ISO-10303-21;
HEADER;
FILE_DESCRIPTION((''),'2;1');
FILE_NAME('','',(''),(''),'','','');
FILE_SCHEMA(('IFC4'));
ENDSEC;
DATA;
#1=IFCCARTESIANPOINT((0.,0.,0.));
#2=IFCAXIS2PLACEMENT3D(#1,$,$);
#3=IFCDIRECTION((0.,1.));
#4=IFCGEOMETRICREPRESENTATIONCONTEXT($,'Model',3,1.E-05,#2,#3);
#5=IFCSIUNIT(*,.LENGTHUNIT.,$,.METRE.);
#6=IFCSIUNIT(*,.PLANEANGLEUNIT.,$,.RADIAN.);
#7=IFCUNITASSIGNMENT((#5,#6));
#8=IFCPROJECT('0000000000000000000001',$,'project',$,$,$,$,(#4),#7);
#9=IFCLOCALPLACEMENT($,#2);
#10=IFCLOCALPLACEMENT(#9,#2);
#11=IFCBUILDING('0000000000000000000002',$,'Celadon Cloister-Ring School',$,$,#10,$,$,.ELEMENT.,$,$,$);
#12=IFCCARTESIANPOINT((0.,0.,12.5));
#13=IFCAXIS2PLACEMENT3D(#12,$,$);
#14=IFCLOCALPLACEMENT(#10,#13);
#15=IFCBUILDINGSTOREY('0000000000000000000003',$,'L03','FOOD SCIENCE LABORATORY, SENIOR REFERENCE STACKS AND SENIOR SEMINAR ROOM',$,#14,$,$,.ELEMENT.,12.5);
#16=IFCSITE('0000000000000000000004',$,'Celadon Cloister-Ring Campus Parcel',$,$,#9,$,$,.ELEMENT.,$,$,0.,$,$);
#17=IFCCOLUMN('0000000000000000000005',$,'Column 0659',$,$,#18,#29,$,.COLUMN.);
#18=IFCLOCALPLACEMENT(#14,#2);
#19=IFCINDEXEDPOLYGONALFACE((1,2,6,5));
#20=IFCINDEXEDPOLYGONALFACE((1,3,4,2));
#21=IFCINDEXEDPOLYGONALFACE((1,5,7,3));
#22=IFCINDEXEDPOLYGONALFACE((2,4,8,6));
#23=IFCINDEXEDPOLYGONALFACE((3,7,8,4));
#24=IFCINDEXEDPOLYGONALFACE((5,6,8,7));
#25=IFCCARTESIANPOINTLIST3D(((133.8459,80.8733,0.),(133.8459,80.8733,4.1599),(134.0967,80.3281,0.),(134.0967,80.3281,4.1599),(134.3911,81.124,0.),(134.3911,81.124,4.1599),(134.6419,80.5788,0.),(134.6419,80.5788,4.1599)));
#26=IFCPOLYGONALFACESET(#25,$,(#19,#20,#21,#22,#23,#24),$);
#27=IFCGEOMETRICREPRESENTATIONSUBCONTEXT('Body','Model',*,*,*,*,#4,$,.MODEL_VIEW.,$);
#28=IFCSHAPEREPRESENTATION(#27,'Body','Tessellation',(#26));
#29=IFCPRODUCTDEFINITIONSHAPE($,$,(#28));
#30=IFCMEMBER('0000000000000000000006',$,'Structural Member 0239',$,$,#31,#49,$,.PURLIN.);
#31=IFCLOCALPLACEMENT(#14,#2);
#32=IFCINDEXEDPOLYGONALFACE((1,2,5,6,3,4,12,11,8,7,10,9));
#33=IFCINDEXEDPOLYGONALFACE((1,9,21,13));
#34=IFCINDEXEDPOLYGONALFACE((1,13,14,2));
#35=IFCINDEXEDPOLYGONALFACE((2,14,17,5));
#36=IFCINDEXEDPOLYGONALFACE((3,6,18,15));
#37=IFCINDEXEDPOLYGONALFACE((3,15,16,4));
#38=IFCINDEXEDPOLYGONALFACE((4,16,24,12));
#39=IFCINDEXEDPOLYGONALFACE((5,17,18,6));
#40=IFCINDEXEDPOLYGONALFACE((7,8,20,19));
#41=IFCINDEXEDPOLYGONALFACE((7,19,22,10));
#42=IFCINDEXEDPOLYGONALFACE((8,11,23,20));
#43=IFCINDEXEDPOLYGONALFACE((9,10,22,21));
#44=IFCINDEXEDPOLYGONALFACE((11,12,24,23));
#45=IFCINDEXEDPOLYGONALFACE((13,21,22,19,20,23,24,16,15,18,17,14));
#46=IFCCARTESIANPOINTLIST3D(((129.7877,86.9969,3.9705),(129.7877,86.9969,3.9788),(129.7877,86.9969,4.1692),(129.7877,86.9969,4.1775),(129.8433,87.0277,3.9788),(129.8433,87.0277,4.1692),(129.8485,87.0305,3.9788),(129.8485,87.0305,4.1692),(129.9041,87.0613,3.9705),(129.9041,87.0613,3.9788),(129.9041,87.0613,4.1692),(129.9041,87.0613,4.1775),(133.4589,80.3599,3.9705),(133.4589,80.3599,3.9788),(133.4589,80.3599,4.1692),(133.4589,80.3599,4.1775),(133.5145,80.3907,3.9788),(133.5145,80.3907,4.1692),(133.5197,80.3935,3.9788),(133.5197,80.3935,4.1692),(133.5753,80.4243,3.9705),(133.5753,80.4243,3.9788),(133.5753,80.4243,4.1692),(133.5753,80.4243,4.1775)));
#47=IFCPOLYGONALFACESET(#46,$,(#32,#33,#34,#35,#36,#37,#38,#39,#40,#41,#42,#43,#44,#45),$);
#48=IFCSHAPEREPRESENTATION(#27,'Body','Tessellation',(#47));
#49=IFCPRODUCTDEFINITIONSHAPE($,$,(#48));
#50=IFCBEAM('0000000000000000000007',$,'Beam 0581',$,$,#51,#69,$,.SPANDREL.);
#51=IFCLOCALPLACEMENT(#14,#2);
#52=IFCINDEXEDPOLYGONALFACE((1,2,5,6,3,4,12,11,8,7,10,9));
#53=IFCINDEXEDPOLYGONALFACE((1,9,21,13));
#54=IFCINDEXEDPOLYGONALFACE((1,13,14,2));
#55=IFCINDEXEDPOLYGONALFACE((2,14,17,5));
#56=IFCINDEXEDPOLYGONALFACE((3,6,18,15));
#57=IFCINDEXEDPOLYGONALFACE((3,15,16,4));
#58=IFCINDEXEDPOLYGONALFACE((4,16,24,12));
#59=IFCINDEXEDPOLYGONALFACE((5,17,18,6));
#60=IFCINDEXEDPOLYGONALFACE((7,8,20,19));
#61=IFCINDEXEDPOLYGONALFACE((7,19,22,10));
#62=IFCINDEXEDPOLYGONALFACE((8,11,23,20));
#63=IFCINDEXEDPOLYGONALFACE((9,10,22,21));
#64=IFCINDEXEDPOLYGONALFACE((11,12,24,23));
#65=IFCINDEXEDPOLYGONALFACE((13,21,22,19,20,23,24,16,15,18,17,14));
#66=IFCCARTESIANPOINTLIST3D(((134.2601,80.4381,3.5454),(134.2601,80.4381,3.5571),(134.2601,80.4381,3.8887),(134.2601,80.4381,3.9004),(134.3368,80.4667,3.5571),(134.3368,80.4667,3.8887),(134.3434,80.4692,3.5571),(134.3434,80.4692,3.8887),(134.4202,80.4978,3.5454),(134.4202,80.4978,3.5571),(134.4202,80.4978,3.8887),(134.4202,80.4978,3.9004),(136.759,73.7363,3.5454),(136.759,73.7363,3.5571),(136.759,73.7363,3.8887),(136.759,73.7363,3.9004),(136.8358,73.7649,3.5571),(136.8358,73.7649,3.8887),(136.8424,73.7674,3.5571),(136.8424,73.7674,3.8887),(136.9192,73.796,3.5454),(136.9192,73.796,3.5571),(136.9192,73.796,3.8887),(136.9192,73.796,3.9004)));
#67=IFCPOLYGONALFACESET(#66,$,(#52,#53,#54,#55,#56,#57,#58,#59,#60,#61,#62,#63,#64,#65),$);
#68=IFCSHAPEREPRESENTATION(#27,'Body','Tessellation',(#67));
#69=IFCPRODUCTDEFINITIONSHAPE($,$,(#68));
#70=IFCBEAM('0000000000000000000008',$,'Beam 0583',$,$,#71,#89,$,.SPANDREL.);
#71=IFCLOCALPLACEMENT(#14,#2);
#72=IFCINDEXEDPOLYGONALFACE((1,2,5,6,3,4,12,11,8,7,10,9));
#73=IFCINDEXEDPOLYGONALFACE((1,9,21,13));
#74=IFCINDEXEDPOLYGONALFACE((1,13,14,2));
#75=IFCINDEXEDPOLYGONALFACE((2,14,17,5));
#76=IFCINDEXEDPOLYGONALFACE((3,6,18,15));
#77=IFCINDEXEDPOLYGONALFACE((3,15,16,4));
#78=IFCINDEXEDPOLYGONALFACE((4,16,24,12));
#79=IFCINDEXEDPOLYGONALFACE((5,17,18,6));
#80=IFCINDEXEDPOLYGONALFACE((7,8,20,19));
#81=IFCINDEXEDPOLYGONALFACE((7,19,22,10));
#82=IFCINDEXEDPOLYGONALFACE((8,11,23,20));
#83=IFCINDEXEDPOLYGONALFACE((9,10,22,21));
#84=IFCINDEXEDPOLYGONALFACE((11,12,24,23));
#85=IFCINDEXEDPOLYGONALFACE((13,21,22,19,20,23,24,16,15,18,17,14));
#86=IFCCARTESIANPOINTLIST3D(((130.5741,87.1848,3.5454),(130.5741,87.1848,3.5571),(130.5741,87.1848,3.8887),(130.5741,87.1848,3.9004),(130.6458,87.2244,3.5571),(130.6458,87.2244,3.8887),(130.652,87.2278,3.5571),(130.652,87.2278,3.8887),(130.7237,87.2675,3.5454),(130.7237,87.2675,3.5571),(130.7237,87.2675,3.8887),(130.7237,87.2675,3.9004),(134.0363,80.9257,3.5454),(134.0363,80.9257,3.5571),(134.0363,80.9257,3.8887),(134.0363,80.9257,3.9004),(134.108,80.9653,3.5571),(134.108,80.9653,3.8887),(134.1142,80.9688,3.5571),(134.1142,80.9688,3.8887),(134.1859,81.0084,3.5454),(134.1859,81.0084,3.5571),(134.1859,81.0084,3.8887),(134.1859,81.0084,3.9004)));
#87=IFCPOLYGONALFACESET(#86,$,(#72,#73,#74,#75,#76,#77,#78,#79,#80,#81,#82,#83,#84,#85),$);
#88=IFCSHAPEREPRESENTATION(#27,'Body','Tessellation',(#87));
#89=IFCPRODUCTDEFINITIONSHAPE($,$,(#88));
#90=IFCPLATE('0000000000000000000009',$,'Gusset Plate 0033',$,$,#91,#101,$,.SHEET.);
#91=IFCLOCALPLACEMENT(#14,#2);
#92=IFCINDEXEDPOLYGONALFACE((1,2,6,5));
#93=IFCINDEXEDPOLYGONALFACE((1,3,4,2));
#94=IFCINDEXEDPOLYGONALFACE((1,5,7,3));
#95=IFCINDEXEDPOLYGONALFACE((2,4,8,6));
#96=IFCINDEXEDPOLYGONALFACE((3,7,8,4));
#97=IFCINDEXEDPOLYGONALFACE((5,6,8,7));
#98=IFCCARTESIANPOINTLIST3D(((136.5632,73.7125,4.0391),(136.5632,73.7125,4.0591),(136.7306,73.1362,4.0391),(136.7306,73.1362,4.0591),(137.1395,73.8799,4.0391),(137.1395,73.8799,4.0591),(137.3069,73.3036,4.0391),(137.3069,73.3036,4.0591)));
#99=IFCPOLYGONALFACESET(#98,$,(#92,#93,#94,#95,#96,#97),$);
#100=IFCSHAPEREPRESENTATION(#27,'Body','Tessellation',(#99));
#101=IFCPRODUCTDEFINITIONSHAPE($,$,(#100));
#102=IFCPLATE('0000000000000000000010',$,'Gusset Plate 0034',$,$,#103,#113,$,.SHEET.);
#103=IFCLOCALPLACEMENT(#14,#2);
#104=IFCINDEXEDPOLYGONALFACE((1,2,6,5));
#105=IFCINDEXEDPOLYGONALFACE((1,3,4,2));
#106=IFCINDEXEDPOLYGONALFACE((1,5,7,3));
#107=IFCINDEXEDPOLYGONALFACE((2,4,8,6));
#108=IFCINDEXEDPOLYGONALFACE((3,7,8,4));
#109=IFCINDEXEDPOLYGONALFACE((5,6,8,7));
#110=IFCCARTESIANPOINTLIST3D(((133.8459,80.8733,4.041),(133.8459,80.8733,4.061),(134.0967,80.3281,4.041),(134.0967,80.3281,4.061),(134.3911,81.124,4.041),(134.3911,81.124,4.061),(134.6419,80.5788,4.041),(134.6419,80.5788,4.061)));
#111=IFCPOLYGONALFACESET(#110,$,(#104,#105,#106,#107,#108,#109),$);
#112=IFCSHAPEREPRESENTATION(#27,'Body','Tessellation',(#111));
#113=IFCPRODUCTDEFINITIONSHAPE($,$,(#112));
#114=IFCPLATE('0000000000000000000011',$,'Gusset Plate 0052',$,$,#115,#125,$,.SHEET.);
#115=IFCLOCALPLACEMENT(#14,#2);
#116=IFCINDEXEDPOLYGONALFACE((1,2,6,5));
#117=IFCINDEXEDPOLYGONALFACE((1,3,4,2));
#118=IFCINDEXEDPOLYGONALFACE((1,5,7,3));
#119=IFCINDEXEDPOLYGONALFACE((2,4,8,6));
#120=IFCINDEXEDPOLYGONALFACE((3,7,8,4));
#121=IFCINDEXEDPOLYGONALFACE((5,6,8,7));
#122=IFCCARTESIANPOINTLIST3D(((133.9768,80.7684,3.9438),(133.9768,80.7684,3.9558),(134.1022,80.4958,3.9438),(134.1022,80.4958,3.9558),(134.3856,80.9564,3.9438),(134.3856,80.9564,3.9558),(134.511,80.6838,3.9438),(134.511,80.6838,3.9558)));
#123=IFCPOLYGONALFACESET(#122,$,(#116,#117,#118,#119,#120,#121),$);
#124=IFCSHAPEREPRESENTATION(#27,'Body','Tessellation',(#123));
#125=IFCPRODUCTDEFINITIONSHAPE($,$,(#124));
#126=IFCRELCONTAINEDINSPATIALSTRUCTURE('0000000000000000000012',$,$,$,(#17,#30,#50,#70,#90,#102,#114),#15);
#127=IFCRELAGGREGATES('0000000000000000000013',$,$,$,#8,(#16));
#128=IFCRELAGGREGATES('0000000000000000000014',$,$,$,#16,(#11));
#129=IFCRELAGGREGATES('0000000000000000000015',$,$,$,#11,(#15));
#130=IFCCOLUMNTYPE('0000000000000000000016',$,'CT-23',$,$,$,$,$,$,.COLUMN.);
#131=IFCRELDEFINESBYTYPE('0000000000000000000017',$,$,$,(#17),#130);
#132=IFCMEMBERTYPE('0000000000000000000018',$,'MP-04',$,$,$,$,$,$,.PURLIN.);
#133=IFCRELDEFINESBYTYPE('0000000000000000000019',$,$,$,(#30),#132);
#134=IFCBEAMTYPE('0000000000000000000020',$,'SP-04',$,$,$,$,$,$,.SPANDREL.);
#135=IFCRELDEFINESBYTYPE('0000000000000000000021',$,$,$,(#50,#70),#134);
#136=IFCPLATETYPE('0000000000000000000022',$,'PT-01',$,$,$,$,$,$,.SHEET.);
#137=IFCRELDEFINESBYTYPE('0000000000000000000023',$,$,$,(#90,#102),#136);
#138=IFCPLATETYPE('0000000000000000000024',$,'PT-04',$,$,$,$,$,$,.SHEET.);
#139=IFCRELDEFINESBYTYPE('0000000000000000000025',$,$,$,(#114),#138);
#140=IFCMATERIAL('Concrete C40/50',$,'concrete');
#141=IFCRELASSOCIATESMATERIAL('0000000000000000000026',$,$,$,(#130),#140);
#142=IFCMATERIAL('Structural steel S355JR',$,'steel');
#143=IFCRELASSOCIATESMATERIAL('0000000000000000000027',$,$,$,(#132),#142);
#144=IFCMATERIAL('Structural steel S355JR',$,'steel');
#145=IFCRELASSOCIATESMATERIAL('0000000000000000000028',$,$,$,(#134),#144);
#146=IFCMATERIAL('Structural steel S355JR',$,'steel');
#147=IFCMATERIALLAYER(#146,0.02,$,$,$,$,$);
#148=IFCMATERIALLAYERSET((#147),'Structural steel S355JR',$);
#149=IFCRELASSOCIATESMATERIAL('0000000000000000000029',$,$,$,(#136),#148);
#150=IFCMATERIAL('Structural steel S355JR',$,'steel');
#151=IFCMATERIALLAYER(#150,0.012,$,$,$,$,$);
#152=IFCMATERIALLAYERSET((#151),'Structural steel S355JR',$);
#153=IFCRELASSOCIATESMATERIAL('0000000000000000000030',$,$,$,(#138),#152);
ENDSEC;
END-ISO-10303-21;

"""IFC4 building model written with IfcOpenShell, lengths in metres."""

from ifc_helpers import new_model, si_unit, direction, frame, origin, origin_2d, place, context, subcontext, project, spatial, rectangle, i_section, extrude, material, layer, layer_set, material_profile, profile_set, type_object, element, save


model = new_model("IFC4")

# Units and contexts
model_context = context("Model", 3, precision=1e-05, world=origin(), true_north=direction((0.0, 1.0)))
body_context = subcontext(model_context, "Body", "Model", "MODEL_VIEW")
ifc_project = project(units=[si_unit("LENGTHUNIT", "METRE"), si_unit("PLANEANGLEUNIT", "RADIAN")], contexts=[model_context])

# Site, building, storey
site_placement = place(None, origin())
site = spatial("IfcSite", under=ifc_project, at=site_placement, Name="Celadon Cloister-Ring Campus Parcel", CompositionType="ELEMENT", RefElevation=0.0)
building_placement = place(site_placement, origin())
building = spatial("IfcBuilding", under=site, at=building_placement, Name="Celadon Cloister-Ring School", CompositionType="ELEMENT")
storey_placement = place(building_placement, frame((0.0, 0.0, 12.5)))
storey = spatial("IfcBuildingStorey", under=building, at=storey_placement, Name="L03", Description="FOOD SCIENCE LABORATORY, SENIOR REFERENCE STACKS AND SENIOR SEMINAR ROOM", CompositionType="ELEMENT", Elevation=12.5)

# Column
ifc_material_1 = material(Name="Concrete C40/50", Category="concrete")
ifc_material_profile_1 = material_profile(ifc_material_1, rectangle(XDim=0.6001, YDim=0.6001, at=origin_2d()), Name="RC600X600")
ifc_profile_set_1 = profile_set([ifc_material_profile_1], Name="Concrete C40/50")
column_type = type_object("IfcColumnType", Name="CT-23", PredefinedType="COLUMN", material=ifc_profile_set_1)
column_placement = place(storey_placement, frame((134.2439, 80.7261, 0.0), z_axis=(0.0, 0.0, 1.0), x_axis=(0.908537, 0.417804, 0.0)))
element("IfcColumn", 1, at=column_placement, inside=storey, type_object=column_type, Name="Column 0659", PredefinedType="COLUMN", context=body_context, shape_type="SweptSolid", body=[
    extrude(rectangle(XDim=0.6001, YDim=0.6001, at=origin_2d()), origin(), (0.0, 0.0, 1.0), 4.1599),
])

# Member
ifc_material_2 = material(Name="Structural steel S355JR", Category="steel")
ifc_material_profile_2 = material_profile(ifc_material_2, i_section(OverallWidth=0.1331, OverallDepth=0.207, WebThickness=0.0059, FlangeThickness=0.0083, at=origin_2d()), Name="W200X27")
ifc_profile_set_2 = profile_set([ifc_material_profile_2], Name="Structural steel S355JR")
member_type = type_object("IfcMemberType", Name="MP-04", PredefinedType="PURLIN", material=ifc_profile_set_2)
member_placement = place(storey_placement, frame((133.5171, 80.3921, 4.074), z_axis=(-0.484024, 0.875055, 0.0), x_axis=(-0.875055, -0.484024, 0.0)))
element("IfcMember", 2, at=member_placement, inside=storey, type_object=member_type, Name="Structural Member 0239", PredefinedType="PURLIN", context=body_context, shape_type="SweptSolid", body=[
    extrude(i_section(OverallWidth=0.1331, OverallDepth=0.207, WebThickness=0.0059, FlangeThickness=0.0083, at=origin_2d()), origin(), (0.0, 0.0, 1.0), 7.5847),
])

# Beams
ifc_material_3 = material(Name="Structural steel S355JR", Category="steel")
ifc_material_profile_3 = material_profile(ifc_material_3, i_section(OverallWidth=0.1709, OverallDepth=0.355, WebThickness=0.0071, FlangeThickness=0.0117, at=origin_2d()), Name="W360X51")
ifc_profile_set_3 = profile_set([ifc_material_profile_3], Name="Structural steel S355JR")
beam_type = type_object("IfcBeamType", Name="SP-04", PredefinedType="SPANDREL", material=ifc_profile_set_3)
beam_1_placement = place(storey_placement, frame((136.8391, 73.7661, 3.7229), z_axis=(-0.349383, 0.93698, 0.0), x_axis=(-0.93698, -0.349383, 0.0)))
element("IfcBeam", 3, at=beam_1_placement, inside=storey, type_object=beam_type, Name="Beam 0581", PredefinedType="SPANDREL", context=body_context, shape_type="SweptSolid", body=[
    extrude(i_section(OverallWidth=0.1709, OverallDepth=0.355, WebThickness=0.0071, FlangeThickness=0.0117, at=origin_2d()), origin(), (0.0, 0.0, 1.0), 7.1526),
])
beam_2_placement = place(storey_placement, frame((134.1111, 80.967, 3.7229), z_axis=(-0.484031, 0.875051, 0.0), x_axis=(-0.875051, -0.484031, 0.0)))
element("IfcBeam", 4, at=beam_2_placement, inside=storey, type_object=beam_type, Name="Beam 0583", PredefinedType="SPANDREL", context=body_context, shape_type="SweptSolid", body=[
    extrude(i_section(OverallWidth=0.1709, OverallDepth=0.355, WebThickness=0.0071, FlangeThickness=0.0117, at=origin_2d()), origin(), (0.0, 0.0, 1.0), 7.1528),
])

# Plates
ifc_material_4 = material(Name="Structural steel S355JR", Category="steel")
ifc_layer_1 = layer(ifc_material_4, 0.02)
ifc_layer_set_1 = layer_set([ifc_layer_1], Name="Structural steel S355JR")
plate_type_1 = type_object("IfcPlateType", Name="PT-01", PredefinedType="SHEET", material=ifc_layer_set_1)
for number, where, z_axis, x_axis, name in (
    (5, (136.9351, 73.5081, 4.0391), (0.0, 0.0, 1.0), (0.960294, 0.278991, 0.0), "Gusset Plate 0033"),
    (6, (134.2439, 80.7261, 4.041), (0.0, 0.0, 1.0), (0.908537, 0.417804, 0.0), "Gusset Plate 0034"),
):
    element("IfcPlate", number, at=place(storey_placement, frame(where, z_axis=z_axis, x_axis=x_axis)), inside=storey, type_object=plate_type_1, Name=name, PredefinedType="SHEET", context=body_context, shape_type="SweptSolid", body=[
        extrude(rectangle(XDim=0.6001, YDim=0.6001, at=origin_2d()), origin(), (0.0, 0.0, 1.0), 0.02),
    ])
ifc_material_5 = material(Name="Structural steel S355JR", Category="steel")
ifc_layer_2 = layer(ifc_material_5, 0.012)
ifc_layer_set_2 = layer_set([ifc_layer_2], Name="Structural steel S355JR")
plate_type_2 = type_object("IfcPlateType", Name="PT-04", PredefinedType="SHEET", material=ifc_layer_set_2)
plate_placement = place(storey_placement, frame((134.2439, 80.7261, 3.9438), z_axis=(0.0, 0.0, 1.0), x_axis=(0.908537, 0.417804, 0.0)))
element("IfcPlate", 7, at=plate_placement, inside=storey, type_object=plate_type_2, Name="Gusset Plate 0052", PredefinedType="SHEET", context=body_context, shape_type="SweptSolid", body=[
    extrude(rectangle(XDim=0.45, YDim=0.3, at=origin_2d()), origin(), (0.0, 0.0, 1.0), 0.012),
])

save(model, "model.ifc")
